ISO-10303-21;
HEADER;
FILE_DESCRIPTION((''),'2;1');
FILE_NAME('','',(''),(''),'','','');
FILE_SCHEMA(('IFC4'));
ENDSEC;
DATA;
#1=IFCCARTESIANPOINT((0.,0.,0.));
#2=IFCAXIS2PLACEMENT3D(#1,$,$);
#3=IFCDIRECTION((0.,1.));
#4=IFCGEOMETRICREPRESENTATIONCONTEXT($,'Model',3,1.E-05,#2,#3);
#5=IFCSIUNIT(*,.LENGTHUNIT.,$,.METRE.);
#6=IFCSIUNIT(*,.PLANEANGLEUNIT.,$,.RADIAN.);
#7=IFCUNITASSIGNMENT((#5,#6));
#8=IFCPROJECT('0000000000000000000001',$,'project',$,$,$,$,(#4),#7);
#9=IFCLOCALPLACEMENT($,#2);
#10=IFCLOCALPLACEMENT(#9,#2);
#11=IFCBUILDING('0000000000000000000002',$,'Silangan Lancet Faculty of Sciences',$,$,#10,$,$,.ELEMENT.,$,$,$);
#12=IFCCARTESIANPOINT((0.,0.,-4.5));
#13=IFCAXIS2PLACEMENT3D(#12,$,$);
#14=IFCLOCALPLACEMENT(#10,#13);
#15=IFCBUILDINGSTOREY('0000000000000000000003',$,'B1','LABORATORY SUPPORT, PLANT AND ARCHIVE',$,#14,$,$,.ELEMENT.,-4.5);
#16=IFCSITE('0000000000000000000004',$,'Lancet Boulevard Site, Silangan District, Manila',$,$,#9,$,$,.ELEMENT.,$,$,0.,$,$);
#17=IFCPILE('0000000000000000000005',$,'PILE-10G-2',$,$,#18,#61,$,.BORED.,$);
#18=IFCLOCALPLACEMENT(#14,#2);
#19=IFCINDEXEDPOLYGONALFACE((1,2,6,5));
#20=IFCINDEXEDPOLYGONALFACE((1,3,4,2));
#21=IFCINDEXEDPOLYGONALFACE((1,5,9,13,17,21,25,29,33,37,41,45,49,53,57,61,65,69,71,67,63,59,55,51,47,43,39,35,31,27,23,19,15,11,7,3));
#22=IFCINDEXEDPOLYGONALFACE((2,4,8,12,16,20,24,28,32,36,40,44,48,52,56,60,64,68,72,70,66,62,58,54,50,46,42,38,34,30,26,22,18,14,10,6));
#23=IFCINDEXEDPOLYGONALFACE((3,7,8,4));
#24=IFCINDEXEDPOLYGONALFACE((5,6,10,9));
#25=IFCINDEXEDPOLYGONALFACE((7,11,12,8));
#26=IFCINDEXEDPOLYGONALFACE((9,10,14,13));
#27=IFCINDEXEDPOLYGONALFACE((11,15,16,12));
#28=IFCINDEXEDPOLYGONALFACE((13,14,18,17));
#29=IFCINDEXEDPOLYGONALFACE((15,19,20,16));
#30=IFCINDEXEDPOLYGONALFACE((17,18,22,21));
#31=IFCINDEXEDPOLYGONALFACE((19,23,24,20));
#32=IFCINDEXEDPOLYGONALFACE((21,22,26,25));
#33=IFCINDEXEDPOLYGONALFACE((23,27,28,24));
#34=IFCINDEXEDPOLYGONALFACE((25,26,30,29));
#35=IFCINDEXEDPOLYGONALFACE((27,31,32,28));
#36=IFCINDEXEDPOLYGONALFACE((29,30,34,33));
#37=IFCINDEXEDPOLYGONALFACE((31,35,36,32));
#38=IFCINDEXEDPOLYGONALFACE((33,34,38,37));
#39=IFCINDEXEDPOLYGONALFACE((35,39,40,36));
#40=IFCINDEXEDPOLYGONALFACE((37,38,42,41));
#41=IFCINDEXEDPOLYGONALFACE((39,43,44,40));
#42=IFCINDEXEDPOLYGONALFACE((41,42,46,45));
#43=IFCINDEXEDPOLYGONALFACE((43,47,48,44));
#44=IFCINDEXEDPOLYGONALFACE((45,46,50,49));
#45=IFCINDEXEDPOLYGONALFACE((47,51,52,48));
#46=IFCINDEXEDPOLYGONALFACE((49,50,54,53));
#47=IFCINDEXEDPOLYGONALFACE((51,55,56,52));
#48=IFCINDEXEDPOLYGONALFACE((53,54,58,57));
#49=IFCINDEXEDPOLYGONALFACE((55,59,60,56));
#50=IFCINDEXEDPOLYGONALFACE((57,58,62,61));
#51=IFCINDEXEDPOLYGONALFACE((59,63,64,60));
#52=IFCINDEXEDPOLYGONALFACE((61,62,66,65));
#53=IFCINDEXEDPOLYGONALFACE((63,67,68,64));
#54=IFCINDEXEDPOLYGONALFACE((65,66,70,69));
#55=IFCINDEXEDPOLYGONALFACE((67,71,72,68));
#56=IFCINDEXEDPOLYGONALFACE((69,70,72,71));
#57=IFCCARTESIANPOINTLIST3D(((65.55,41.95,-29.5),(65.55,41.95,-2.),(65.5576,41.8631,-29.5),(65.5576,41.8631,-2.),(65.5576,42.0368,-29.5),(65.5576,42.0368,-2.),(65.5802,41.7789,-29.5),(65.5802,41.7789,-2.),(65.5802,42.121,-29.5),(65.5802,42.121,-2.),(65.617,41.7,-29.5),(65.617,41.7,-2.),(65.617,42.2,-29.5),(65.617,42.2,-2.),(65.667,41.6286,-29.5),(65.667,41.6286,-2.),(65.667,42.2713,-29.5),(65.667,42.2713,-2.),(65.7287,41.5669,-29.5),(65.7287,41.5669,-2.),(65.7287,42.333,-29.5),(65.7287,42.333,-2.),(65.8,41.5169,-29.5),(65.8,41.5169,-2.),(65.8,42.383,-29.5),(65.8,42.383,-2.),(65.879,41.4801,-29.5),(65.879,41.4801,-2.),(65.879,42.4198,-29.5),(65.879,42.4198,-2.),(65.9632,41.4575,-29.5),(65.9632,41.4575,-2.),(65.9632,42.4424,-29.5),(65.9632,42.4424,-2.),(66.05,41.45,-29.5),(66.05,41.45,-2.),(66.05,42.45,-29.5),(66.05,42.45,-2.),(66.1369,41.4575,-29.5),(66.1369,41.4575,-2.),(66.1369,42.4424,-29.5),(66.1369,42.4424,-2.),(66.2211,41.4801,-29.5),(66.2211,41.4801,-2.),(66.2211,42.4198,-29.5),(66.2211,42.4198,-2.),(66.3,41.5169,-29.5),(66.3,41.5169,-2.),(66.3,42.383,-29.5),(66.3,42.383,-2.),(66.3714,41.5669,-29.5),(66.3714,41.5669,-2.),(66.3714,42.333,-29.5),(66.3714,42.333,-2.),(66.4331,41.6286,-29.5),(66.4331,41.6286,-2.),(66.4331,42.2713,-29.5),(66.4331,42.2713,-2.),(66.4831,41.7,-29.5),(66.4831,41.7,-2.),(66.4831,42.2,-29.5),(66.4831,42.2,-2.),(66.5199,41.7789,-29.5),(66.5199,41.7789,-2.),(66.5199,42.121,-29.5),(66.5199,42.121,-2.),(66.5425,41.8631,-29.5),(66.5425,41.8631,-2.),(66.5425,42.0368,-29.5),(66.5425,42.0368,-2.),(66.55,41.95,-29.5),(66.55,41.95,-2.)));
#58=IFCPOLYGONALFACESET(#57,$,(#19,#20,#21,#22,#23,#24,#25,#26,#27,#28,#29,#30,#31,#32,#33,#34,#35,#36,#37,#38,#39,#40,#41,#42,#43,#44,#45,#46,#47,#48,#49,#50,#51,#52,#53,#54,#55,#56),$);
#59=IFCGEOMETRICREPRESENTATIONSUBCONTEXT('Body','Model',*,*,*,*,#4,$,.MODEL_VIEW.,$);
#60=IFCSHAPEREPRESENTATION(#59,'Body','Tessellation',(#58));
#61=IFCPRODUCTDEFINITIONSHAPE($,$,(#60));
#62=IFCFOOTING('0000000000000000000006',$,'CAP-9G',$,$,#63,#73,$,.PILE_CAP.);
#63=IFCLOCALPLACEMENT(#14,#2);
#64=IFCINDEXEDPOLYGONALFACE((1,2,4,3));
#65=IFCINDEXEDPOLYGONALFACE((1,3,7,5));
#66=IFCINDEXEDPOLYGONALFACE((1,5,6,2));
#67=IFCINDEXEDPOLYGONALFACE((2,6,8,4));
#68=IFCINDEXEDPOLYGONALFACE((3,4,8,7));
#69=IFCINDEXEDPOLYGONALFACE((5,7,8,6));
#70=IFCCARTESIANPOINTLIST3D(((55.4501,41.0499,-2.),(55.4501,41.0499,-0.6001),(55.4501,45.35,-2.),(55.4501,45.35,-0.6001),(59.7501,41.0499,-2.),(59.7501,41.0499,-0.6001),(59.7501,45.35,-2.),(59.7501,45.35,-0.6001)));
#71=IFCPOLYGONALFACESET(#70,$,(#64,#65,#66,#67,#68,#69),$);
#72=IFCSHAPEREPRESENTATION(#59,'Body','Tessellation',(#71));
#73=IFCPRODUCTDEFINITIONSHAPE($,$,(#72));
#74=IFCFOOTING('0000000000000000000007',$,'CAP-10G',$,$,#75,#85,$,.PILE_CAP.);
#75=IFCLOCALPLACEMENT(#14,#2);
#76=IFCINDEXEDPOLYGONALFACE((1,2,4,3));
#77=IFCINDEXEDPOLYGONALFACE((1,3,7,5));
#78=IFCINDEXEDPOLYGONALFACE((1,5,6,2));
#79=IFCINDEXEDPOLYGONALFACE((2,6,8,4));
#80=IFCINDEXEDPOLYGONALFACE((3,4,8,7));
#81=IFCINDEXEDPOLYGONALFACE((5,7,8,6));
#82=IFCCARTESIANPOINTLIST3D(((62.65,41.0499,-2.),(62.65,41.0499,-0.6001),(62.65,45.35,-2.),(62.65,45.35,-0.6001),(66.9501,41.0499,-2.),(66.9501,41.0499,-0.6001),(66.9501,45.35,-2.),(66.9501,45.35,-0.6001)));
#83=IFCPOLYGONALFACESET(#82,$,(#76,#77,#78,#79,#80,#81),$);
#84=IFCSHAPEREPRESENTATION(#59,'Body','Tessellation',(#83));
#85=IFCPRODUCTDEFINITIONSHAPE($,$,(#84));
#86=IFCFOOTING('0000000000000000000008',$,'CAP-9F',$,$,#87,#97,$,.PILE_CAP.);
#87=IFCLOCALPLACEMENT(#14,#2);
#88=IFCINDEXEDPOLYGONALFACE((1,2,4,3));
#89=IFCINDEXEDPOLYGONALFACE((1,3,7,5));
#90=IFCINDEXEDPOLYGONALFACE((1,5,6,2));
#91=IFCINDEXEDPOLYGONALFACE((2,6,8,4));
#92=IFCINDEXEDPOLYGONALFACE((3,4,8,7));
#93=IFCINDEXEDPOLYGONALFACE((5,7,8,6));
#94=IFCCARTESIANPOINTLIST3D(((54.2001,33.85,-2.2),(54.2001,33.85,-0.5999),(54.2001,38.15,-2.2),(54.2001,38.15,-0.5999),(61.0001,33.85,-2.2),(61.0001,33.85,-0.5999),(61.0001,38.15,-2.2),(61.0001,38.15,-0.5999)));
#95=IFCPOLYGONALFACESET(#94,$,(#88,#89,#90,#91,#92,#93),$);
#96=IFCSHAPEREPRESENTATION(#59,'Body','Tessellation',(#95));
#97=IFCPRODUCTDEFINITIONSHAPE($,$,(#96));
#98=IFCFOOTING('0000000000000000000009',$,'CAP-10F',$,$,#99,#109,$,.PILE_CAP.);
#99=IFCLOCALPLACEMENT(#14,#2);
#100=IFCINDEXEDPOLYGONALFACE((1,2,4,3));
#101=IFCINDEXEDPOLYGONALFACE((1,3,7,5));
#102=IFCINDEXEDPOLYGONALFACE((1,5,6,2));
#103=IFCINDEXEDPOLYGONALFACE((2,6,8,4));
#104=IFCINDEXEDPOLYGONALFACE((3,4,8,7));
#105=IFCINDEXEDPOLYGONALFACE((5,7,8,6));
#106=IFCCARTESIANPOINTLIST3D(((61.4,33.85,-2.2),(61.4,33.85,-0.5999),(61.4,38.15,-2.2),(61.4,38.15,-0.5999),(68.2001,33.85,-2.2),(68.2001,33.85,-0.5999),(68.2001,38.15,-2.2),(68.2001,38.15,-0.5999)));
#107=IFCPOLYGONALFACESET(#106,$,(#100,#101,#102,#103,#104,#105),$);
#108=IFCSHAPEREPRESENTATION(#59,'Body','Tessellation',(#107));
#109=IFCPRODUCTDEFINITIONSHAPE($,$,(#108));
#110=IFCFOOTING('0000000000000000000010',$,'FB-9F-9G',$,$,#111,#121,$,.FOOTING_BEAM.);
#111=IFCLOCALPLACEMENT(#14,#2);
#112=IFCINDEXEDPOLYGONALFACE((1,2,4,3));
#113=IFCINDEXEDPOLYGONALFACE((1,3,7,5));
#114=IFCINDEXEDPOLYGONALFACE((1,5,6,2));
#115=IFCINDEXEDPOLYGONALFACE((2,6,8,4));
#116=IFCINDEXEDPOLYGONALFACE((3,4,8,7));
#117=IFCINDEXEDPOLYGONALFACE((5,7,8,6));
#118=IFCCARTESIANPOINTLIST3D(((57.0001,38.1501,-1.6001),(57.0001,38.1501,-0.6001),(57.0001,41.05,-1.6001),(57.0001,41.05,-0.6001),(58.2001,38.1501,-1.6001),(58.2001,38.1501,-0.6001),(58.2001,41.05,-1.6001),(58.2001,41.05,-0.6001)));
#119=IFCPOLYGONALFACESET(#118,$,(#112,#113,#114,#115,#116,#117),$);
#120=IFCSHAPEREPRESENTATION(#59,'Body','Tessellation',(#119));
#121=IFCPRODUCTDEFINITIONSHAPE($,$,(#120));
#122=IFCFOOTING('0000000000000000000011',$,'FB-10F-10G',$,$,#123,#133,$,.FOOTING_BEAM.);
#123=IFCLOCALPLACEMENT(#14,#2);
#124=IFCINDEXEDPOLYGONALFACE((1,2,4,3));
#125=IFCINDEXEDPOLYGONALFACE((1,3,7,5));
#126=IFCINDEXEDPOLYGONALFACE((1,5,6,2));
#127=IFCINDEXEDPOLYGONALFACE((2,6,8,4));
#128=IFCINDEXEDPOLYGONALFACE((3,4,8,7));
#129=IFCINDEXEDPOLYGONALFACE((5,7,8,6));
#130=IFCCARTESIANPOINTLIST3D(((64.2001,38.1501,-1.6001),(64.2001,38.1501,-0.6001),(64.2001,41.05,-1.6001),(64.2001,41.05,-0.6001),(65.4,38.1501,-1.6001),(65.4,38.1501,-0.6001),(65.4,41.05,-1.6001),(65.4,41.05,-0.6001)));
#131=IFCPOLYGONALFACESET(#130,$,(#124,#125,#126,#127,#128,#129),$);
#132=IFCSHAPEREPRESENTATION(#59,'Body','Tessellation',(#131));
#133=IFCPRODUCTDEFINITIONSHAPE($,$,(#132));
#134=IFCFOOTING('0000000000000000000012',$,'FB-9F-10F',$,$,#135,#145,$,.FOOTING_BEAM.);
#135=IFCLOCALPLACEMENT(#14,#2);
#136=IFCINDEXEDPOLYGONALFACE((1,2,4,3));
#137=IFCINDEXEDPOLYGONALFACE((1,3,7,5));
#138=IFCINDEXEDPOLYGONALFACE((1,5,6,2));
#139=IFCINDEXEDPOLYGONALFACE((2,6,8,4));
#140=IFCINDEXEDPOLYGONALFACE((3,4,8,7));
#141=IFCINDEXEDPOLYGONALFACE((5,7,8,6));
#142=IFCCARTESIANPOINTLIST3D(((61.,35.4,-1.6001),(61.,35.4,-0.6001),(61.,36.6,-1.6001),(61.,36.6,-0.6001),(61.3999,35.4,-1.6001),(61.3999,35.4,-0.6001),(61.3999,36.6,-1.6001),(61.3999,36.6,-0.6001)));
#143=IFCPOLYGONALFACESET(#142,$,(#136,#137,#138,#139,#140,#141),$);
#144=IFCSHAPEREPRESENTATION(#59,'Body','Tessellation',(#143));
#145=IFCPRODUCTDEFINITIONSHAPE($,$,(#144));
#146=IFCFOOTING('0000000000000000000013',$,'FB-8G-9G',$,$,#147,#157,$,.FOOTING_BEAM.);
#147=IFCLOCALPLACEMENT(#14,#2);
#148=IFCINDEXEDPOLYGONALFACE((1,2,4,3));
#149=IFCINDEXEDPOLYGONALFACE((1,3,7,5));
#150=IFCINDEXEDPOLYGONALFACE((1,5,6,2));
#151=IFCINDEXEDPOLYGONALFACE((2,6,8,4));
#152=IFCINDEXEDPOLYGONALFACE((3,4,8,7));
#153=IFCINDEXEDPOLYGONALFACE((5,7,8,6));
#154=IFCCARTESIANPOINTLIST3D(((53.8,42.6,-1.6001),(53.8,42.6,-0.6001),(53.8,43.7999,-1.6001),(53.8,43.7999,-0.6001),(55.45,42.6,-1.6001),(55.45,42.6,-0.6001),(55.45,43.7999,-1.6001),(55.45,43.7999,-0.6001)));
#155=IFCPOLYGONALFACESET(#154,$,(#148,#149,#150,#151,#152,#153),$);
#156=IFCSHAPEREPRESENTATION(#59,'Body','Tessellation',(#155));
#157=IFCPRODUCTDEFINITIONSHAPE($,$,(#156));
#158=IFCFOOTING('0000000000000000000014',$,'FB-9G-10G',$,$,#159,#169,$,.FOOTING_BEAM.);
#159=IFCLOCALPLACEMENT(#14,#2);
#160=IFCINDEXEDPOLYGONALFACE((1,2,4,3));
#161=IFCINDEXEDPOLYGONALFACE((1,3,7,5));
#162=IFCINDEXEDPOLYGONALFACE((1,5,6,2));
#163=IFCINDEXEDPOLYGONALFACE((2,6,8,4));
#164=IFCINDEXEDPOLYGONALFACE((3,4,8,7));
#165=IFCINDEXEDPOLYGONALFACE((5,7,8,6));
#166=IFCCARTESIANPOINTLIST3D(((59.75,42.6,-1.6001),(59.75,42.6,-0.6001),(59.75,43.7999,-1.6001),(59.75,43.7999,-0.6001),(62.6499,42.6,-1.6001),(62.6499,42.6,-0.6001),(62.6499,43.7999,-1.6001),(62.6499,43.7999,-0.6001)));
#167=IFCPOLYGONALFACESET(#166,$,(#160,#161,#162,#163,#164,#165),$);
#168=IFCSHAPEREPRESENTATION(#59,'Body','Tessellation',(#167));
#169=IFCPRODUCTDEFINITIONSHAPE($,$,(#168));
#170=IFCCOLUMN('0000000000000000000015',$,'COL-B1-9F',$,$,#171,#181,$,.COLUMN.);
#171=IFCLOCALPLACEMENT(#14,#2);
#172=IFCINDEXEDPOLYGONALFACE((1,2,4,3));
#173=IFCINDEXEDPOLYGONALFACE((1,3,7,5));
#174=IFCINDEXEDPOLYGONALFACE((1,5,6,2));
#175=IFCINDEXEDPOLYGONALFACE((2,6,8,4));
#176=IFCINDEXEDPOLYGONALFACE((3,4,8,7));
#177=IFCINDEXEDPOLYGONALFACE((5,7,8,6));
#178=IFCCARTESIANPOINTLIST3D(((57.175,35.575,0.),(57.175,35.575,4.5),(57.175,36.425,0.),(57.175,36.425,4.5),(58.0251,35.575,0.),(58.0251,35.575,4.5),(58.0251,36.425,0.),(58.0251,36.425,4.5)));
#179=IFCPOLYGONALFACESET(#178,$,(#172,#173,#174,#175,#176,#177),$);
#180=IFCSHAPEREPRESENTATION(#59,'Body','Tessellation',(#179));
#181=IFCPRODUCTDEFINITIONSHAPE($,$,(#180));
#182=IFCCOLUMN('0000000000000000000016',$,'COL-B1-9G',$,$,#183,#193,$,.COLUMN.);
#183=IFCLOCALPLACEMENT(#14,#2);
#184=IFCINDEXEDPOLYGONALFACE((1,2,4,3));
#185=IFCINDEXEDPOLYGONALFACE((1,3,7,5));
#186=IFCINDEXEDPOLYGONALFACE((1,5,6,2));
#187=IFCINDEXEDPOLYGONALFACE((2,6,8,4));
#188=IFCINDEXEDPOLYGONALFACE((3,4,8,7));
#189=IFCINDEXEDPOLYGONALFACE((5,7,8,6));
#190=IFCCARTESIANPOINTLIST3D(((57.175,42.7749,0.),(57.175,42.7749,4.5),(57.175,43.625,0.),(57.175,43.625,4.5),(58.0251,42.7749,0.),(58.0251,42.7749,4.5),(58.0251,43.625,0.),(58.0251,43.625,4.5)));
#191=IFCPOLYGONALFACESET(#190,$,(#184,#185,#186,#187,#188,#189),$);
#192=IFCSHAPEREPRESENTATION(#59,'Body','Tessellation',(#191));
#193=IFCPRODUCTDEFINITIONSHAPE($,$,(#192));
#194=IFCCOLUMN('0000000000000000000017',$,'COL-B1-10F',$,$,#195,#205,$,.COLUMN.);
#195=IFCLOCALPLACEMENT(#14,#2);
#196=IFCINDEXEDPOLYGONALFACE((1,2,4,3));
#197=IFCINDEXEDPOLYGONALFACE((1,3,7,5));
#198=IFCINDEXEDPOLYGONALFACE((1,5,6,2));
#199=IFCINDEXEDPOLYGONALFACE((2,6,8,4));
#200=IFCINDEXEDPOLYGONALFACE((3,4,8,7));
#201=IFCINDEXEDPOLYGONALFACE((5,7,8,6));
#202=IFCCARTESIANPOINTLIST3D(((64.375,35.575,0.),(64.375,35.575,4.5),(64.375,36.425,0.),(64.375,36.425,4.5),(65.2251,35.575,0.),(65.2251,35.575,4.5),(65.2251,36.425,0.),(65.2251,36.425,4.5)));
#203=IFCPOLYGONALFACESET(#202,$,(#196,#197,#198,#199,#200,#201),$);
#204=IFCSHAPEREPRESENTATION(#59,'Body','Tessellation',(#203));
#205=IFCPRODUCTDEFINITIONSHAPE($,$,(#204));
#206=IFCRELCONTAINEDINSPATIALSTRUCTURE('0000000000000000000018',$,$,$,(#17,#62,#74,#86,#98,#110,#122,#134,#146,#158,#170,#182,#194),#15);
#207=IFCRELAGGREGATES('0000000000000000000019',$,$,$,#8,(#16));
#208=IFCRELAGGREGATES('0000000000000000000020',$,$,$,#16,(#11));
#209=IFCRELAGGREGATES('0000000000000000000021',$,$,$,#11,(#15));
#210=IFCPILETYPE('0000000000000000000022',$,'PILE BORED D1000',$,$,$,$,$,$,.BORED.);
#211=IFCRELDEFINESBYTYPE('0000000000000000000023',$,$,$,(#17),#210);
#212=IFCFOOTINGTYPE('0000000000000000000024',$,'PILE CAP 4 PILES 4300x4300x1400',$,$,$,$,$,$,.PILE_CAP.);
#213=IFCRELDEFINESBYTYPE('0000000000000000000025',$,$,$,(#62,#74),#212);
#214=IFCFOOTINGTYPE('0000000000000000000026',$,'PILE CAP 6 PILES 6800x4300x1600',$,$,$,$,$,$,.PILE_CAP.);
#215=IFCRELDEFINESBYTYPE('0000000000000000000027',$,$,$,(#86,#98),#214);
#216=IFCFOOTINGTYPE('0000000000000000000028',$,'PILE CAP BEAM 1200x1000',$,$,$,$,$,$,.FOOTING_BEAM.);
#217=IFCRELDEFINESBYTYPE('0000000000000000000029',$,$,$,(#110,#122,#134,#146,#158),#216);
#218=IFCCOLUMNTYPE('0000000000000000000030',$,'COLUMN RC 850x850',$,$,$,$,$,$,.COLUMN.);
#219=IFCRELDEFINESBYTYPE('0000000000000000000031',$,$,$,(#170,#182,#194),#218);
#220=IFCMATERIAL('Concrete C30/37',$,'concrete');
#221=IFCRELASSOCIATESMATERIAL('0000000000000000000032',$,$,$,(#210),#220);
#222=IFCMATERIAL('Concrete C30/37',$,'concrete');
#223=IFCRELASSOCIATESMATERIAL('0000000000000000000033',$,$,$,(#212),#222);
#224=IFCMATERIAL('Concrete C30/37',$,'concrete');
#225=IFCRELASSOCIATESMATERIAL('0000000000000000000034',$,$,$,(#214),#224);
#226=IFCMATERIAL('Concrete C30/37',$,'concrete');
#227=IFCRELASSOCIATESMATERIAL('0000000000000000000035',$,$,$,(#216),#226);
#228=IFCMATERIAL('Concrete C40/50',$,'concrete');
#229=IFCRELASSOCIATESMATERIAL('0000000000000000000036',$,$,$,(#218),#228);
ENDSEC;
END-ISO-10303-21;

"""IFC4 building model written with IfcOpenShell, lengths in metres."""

from ifc_helpers import new_model, si_unit, direction, frame, origin, origin_2d, place, context, subcontext, project, spatial, rectangle, circle, extrude, material, material_profile, profile_set, type_object, element, save


model = new_model("IFC4")

# Units and contexts
model_context = context("Model", 3, precision=1e-05, world=origin(), true_north=direction((0.0, 1.0)))
body_context = subcontext(model_context, "Body", "Model", "MODEL_VIEW")
ifc_project = project(units=[si_unit("LENGTHUNIT", "METRE"), si_unit("PLANEANGLEUNIT", "RADIAN")], contexts=[model_context])

# Site, building, storey
site_placement = place(None, origin())
site = spatial("IfcSite", under=ifc_project, at=site_placement, Name="Lancet Boulevard Site, Silangan District, Manila", CompositionType="ELEMENT", RefElevation=0.0)
building_placement = place(site_placement, origin())
building = spatial("IfcBuilding", under=site, at=building_placement, Name="Silangan Lancet Faculty of Sciences", CompositionType="ELEMENT")
storey_placement = place(building_placement, frame((0.0, 0.0, -4.5)))
storey = spatial("IfcBuildingStorey", under=building, at=storey_placement, Name="B1", Description="LABORATORY SUPPORT, PLANT AND ARCHIVE", CompositionType="ELEMENT", Elevation=-4.5)

# Pile
ifc_material_1 = material(Name="Concrete C30/37", Category="concrete")
ifc_material_profile_1 = material_profile(ifc_material_1, circle(Radius=0.5, at=origin_2d()), Name="BORED PILE D1000")
ifc_profile_set_1 = profile_set([ifc_material_profile_1], Name="Concrete C30/37")
pile_type = type_object("IfcPileType", Name="PILE BORED D1000", PredefinedType="BORED", material=ifc_profile_set_1)
for number, where, z_axis, x_axis, name in (
    (1, (66.05, 41.95, -2.0), (0.0, 0.0, -1.0), (1.0, 0.0, 0.0), "PILE-10G-2"),
):
    element("IfcPile", number, at=place(storey_placement, frame(where, z_axis=z_axis, x_axis=x_axis)), inside=storey, type_object=pile_type, Name=name, PredefinedType="BORED", context=body_context, shape_type="SweptSolid", body=[
        extrude(circle(Radius=0.5, at=origin_2d()), origin(), (0.0, 0.0, 1.0), 27.5),
    ])

# Footings
ifc_material_2 = material(Name="Concrete C30/37", Category="concrete")
footing_type_1 = type_object("IfcFootingType", Name="PILE CAP 4 PILES 4300x4300x1400", PredefinedType="PILE_CAP", material=ifc_material_2)
for number, where, z_axis, x_axis, name in (
    (2, (57.6001, 43.2, -2.0), (0.0, 0.0, 1.0), (1.0, 0.0, 0.0), "CAP-9G"),
    (3, (64.8, 43.2, -2.0), (0.0, 0.0, 1.0), (1.0, 0.0, 0.0), "CAP-10G"),
):
    element("IfcFooting", number, at=place(storey_placement, frame(where, z_axis=z_axis, x_axis=x_axis)), inside=storey, type_object=footing_type_1, Name=name, PredefinedType="PILE_CAP", context=body_context, shape_type="SweptSolid", body=[
        extrude(rectangle(XDim=4.3, YDim=4.3, at=origin_2d()), origin(), (0.0, 0.0, 1.0), 1.3999),
    ])
ifc_material_3 = material(Name="Concrete C30/37", Category="concrete")
footing_type_2 = type_object("IfcFootingType", Name="PILE CAP 6 PILES 6800x4300x1600", PredefinedType="PILE_CAP", material=ifc_material_3)
for number, where, z_axis, x_axis, name in (
    (4, (57.6001, 36.0, -2.2), (0.0, 0.0, 1.0), (1.0, 0.0, 0.0), "CAP-9F"),
    (5, (64.8, 36.0, -2.2), (0.0, 0.0, 1.0), (1.0, 0.0, 0.0), "CAP-10F"),
):
    element("IfcFooting", number, at=place(storey_placement, frame(where, z_axis=z_axis, x_axis=x_axis)), inside=storey, type_object=footing_type_2, Name=name, PredefinedType="PILE_CAP", context=body_context, shape_type="SweptSolid", body=[
        extrude(rectangle(XDim=6.8, YDim=4.3, at=origin_2d()), origin(), (0.0, 0.0, 1.0), 1.6001),
    ])
ifc_material_4 = material(Name="Concrete C30/37", Category="concrete")
footing_type_3 = type_object("IfcFootingType", Name="PILE CAP BEAM 1200x1000", PredefinedType="FOOTING_BEAM", material=ifc_material_4)
for number, where, z_axis, x_axis, name in (
    (6, (57.6001, 39.6001, -1.6001), (0.0, 0.0, 1.0), (0.0, 1.0, 0.0), "FB-9F-9G"),
    (7, (64.8, 39.6001, -1.6001), (0.0, 0.0, 1.0), (0.0, 1.0, 0.0), "FB-10F-10G"),
):
    element("IfcFooting", number, at=place(storey_placement, frame(where, z_axis=z_axis, x_axis=x_axis)), inside=storey, type_object=footing_type_3, Name=name, PredefinedType="FOOTING_BEAM", context=body_context, shape_type="SweptSolid", body=[
        extrude(rectangle(XDim=2.8999, YDim=1.2, at=origin_2d()), origin(), (0.0, 0.0, 1.0), 1.0),
    ])
footing_1_placement = place(storey_placement, frame((61.2, 36.0, -1.6001), z_axis=(0.0, 0.0, 1.0), x_axis=(1.0, 0.0, 0.0)))
element("IfcFooting", 8, at=footing_1_placement, inside=storey, type_object=footing_type_3, Name="FB-9F-10F", PredefinedType="FOOTING_BEAM", context=body_context, shape_type="SweptSolid", body=[
    extrude(rectangle(XDim=0.3999, YDim=1.2, at=origin_2d()), origin(), (0.0, 0.0, 1.0), 1.0),
])
footing_2_placement = place(storey_placement, frame((54.625, 43.2, -1.6001), z_axis=(0.0, 0.0, 1.0), x_axis=(1.0, 0.0, 0.0)))
element("IfcFooting", 9, at=footing_2_placement, inside=storey, type_object=footing_type_3, Name="FB-8G-9G", PredefinedType="FOOTING_BEAM", context=body_context, shape_type="SweptSolid", body=[
    extrude(rectangle(XDim=1.6499, YDim=1.2, at=origin_2d()), origin(), (0.0, 0.0, 1.0), 1.0),
])
footing_3_placement = place(storey_placement, frame((61.2, 43.2, -1.6001), z_axis=(0.0, 0.0, 1.0), x_axis=(1.0, 0.0, 0.0)))
element("IfcFooting", 10, at=footing_3_placement, inside=storey, type_object=footing_type_3, Name="FB-9G-10G", PredefinedType="FOOTING_BEAM", context=body_context, shape_type="SweptSolid", body=[
    extrude(rectangle(XDim=2.8999, YDim=1.2, at=origin_2d()), origin(), (0.0, 0.0, 1.0), 1.0),
])

# Columns
ifc_material_5 = material(Name="Concrete C40/50", Category="concrete")
ifc_material_profile_2 = material_profile(ifc_material_5, rectangle(XDim=0.8501, YDim=0.8501, at=origin_2d()), Name="RC 850x850")
ifc_profile_set_2 = profile_set([ifc_material_profile_2], Name="Concrete C40/50")
column_type = type_object("IfcColumnType", Name="COLUMN RC 850x850", PredefinedType="COLUMN", material=ifc_profile_set_2)
for number, where, z_axis, x_axis, name in (
    (11, (57.6001, 36.0, 0.0), (0.0, 0.0, 1.0), (1.0, 0.0, 0.0), "COL-B1-9F"),
    (12, (57.6001, 43.2, 0.0), (0.0, 0.0, 1.0), (1.0, 0.0, 0.0), "COL-B1-9G"),
    (13, (64.8, 36.0, 0.0), (0.0, 0.0, 1.0), (1.0, 0.0, 0.0), "COL-B1-10F"),
):
    element("IfcColumn", number, at=place(storey_placement, frame(where, z_axis=z_axis, x_axis=x_axis)), inside=storey, type_object=column_type, Name=name, PredefinedType="COLUMN", context=body_context, shape_type="SweptSolid", body=[
        extrude(rectangle(XDim=0.8501, YDim=0.8501, at=origin_2d()), origin(), (0.0, 0.0, 1.0), 4.5),
    ])

save(model, "model.ifc")
